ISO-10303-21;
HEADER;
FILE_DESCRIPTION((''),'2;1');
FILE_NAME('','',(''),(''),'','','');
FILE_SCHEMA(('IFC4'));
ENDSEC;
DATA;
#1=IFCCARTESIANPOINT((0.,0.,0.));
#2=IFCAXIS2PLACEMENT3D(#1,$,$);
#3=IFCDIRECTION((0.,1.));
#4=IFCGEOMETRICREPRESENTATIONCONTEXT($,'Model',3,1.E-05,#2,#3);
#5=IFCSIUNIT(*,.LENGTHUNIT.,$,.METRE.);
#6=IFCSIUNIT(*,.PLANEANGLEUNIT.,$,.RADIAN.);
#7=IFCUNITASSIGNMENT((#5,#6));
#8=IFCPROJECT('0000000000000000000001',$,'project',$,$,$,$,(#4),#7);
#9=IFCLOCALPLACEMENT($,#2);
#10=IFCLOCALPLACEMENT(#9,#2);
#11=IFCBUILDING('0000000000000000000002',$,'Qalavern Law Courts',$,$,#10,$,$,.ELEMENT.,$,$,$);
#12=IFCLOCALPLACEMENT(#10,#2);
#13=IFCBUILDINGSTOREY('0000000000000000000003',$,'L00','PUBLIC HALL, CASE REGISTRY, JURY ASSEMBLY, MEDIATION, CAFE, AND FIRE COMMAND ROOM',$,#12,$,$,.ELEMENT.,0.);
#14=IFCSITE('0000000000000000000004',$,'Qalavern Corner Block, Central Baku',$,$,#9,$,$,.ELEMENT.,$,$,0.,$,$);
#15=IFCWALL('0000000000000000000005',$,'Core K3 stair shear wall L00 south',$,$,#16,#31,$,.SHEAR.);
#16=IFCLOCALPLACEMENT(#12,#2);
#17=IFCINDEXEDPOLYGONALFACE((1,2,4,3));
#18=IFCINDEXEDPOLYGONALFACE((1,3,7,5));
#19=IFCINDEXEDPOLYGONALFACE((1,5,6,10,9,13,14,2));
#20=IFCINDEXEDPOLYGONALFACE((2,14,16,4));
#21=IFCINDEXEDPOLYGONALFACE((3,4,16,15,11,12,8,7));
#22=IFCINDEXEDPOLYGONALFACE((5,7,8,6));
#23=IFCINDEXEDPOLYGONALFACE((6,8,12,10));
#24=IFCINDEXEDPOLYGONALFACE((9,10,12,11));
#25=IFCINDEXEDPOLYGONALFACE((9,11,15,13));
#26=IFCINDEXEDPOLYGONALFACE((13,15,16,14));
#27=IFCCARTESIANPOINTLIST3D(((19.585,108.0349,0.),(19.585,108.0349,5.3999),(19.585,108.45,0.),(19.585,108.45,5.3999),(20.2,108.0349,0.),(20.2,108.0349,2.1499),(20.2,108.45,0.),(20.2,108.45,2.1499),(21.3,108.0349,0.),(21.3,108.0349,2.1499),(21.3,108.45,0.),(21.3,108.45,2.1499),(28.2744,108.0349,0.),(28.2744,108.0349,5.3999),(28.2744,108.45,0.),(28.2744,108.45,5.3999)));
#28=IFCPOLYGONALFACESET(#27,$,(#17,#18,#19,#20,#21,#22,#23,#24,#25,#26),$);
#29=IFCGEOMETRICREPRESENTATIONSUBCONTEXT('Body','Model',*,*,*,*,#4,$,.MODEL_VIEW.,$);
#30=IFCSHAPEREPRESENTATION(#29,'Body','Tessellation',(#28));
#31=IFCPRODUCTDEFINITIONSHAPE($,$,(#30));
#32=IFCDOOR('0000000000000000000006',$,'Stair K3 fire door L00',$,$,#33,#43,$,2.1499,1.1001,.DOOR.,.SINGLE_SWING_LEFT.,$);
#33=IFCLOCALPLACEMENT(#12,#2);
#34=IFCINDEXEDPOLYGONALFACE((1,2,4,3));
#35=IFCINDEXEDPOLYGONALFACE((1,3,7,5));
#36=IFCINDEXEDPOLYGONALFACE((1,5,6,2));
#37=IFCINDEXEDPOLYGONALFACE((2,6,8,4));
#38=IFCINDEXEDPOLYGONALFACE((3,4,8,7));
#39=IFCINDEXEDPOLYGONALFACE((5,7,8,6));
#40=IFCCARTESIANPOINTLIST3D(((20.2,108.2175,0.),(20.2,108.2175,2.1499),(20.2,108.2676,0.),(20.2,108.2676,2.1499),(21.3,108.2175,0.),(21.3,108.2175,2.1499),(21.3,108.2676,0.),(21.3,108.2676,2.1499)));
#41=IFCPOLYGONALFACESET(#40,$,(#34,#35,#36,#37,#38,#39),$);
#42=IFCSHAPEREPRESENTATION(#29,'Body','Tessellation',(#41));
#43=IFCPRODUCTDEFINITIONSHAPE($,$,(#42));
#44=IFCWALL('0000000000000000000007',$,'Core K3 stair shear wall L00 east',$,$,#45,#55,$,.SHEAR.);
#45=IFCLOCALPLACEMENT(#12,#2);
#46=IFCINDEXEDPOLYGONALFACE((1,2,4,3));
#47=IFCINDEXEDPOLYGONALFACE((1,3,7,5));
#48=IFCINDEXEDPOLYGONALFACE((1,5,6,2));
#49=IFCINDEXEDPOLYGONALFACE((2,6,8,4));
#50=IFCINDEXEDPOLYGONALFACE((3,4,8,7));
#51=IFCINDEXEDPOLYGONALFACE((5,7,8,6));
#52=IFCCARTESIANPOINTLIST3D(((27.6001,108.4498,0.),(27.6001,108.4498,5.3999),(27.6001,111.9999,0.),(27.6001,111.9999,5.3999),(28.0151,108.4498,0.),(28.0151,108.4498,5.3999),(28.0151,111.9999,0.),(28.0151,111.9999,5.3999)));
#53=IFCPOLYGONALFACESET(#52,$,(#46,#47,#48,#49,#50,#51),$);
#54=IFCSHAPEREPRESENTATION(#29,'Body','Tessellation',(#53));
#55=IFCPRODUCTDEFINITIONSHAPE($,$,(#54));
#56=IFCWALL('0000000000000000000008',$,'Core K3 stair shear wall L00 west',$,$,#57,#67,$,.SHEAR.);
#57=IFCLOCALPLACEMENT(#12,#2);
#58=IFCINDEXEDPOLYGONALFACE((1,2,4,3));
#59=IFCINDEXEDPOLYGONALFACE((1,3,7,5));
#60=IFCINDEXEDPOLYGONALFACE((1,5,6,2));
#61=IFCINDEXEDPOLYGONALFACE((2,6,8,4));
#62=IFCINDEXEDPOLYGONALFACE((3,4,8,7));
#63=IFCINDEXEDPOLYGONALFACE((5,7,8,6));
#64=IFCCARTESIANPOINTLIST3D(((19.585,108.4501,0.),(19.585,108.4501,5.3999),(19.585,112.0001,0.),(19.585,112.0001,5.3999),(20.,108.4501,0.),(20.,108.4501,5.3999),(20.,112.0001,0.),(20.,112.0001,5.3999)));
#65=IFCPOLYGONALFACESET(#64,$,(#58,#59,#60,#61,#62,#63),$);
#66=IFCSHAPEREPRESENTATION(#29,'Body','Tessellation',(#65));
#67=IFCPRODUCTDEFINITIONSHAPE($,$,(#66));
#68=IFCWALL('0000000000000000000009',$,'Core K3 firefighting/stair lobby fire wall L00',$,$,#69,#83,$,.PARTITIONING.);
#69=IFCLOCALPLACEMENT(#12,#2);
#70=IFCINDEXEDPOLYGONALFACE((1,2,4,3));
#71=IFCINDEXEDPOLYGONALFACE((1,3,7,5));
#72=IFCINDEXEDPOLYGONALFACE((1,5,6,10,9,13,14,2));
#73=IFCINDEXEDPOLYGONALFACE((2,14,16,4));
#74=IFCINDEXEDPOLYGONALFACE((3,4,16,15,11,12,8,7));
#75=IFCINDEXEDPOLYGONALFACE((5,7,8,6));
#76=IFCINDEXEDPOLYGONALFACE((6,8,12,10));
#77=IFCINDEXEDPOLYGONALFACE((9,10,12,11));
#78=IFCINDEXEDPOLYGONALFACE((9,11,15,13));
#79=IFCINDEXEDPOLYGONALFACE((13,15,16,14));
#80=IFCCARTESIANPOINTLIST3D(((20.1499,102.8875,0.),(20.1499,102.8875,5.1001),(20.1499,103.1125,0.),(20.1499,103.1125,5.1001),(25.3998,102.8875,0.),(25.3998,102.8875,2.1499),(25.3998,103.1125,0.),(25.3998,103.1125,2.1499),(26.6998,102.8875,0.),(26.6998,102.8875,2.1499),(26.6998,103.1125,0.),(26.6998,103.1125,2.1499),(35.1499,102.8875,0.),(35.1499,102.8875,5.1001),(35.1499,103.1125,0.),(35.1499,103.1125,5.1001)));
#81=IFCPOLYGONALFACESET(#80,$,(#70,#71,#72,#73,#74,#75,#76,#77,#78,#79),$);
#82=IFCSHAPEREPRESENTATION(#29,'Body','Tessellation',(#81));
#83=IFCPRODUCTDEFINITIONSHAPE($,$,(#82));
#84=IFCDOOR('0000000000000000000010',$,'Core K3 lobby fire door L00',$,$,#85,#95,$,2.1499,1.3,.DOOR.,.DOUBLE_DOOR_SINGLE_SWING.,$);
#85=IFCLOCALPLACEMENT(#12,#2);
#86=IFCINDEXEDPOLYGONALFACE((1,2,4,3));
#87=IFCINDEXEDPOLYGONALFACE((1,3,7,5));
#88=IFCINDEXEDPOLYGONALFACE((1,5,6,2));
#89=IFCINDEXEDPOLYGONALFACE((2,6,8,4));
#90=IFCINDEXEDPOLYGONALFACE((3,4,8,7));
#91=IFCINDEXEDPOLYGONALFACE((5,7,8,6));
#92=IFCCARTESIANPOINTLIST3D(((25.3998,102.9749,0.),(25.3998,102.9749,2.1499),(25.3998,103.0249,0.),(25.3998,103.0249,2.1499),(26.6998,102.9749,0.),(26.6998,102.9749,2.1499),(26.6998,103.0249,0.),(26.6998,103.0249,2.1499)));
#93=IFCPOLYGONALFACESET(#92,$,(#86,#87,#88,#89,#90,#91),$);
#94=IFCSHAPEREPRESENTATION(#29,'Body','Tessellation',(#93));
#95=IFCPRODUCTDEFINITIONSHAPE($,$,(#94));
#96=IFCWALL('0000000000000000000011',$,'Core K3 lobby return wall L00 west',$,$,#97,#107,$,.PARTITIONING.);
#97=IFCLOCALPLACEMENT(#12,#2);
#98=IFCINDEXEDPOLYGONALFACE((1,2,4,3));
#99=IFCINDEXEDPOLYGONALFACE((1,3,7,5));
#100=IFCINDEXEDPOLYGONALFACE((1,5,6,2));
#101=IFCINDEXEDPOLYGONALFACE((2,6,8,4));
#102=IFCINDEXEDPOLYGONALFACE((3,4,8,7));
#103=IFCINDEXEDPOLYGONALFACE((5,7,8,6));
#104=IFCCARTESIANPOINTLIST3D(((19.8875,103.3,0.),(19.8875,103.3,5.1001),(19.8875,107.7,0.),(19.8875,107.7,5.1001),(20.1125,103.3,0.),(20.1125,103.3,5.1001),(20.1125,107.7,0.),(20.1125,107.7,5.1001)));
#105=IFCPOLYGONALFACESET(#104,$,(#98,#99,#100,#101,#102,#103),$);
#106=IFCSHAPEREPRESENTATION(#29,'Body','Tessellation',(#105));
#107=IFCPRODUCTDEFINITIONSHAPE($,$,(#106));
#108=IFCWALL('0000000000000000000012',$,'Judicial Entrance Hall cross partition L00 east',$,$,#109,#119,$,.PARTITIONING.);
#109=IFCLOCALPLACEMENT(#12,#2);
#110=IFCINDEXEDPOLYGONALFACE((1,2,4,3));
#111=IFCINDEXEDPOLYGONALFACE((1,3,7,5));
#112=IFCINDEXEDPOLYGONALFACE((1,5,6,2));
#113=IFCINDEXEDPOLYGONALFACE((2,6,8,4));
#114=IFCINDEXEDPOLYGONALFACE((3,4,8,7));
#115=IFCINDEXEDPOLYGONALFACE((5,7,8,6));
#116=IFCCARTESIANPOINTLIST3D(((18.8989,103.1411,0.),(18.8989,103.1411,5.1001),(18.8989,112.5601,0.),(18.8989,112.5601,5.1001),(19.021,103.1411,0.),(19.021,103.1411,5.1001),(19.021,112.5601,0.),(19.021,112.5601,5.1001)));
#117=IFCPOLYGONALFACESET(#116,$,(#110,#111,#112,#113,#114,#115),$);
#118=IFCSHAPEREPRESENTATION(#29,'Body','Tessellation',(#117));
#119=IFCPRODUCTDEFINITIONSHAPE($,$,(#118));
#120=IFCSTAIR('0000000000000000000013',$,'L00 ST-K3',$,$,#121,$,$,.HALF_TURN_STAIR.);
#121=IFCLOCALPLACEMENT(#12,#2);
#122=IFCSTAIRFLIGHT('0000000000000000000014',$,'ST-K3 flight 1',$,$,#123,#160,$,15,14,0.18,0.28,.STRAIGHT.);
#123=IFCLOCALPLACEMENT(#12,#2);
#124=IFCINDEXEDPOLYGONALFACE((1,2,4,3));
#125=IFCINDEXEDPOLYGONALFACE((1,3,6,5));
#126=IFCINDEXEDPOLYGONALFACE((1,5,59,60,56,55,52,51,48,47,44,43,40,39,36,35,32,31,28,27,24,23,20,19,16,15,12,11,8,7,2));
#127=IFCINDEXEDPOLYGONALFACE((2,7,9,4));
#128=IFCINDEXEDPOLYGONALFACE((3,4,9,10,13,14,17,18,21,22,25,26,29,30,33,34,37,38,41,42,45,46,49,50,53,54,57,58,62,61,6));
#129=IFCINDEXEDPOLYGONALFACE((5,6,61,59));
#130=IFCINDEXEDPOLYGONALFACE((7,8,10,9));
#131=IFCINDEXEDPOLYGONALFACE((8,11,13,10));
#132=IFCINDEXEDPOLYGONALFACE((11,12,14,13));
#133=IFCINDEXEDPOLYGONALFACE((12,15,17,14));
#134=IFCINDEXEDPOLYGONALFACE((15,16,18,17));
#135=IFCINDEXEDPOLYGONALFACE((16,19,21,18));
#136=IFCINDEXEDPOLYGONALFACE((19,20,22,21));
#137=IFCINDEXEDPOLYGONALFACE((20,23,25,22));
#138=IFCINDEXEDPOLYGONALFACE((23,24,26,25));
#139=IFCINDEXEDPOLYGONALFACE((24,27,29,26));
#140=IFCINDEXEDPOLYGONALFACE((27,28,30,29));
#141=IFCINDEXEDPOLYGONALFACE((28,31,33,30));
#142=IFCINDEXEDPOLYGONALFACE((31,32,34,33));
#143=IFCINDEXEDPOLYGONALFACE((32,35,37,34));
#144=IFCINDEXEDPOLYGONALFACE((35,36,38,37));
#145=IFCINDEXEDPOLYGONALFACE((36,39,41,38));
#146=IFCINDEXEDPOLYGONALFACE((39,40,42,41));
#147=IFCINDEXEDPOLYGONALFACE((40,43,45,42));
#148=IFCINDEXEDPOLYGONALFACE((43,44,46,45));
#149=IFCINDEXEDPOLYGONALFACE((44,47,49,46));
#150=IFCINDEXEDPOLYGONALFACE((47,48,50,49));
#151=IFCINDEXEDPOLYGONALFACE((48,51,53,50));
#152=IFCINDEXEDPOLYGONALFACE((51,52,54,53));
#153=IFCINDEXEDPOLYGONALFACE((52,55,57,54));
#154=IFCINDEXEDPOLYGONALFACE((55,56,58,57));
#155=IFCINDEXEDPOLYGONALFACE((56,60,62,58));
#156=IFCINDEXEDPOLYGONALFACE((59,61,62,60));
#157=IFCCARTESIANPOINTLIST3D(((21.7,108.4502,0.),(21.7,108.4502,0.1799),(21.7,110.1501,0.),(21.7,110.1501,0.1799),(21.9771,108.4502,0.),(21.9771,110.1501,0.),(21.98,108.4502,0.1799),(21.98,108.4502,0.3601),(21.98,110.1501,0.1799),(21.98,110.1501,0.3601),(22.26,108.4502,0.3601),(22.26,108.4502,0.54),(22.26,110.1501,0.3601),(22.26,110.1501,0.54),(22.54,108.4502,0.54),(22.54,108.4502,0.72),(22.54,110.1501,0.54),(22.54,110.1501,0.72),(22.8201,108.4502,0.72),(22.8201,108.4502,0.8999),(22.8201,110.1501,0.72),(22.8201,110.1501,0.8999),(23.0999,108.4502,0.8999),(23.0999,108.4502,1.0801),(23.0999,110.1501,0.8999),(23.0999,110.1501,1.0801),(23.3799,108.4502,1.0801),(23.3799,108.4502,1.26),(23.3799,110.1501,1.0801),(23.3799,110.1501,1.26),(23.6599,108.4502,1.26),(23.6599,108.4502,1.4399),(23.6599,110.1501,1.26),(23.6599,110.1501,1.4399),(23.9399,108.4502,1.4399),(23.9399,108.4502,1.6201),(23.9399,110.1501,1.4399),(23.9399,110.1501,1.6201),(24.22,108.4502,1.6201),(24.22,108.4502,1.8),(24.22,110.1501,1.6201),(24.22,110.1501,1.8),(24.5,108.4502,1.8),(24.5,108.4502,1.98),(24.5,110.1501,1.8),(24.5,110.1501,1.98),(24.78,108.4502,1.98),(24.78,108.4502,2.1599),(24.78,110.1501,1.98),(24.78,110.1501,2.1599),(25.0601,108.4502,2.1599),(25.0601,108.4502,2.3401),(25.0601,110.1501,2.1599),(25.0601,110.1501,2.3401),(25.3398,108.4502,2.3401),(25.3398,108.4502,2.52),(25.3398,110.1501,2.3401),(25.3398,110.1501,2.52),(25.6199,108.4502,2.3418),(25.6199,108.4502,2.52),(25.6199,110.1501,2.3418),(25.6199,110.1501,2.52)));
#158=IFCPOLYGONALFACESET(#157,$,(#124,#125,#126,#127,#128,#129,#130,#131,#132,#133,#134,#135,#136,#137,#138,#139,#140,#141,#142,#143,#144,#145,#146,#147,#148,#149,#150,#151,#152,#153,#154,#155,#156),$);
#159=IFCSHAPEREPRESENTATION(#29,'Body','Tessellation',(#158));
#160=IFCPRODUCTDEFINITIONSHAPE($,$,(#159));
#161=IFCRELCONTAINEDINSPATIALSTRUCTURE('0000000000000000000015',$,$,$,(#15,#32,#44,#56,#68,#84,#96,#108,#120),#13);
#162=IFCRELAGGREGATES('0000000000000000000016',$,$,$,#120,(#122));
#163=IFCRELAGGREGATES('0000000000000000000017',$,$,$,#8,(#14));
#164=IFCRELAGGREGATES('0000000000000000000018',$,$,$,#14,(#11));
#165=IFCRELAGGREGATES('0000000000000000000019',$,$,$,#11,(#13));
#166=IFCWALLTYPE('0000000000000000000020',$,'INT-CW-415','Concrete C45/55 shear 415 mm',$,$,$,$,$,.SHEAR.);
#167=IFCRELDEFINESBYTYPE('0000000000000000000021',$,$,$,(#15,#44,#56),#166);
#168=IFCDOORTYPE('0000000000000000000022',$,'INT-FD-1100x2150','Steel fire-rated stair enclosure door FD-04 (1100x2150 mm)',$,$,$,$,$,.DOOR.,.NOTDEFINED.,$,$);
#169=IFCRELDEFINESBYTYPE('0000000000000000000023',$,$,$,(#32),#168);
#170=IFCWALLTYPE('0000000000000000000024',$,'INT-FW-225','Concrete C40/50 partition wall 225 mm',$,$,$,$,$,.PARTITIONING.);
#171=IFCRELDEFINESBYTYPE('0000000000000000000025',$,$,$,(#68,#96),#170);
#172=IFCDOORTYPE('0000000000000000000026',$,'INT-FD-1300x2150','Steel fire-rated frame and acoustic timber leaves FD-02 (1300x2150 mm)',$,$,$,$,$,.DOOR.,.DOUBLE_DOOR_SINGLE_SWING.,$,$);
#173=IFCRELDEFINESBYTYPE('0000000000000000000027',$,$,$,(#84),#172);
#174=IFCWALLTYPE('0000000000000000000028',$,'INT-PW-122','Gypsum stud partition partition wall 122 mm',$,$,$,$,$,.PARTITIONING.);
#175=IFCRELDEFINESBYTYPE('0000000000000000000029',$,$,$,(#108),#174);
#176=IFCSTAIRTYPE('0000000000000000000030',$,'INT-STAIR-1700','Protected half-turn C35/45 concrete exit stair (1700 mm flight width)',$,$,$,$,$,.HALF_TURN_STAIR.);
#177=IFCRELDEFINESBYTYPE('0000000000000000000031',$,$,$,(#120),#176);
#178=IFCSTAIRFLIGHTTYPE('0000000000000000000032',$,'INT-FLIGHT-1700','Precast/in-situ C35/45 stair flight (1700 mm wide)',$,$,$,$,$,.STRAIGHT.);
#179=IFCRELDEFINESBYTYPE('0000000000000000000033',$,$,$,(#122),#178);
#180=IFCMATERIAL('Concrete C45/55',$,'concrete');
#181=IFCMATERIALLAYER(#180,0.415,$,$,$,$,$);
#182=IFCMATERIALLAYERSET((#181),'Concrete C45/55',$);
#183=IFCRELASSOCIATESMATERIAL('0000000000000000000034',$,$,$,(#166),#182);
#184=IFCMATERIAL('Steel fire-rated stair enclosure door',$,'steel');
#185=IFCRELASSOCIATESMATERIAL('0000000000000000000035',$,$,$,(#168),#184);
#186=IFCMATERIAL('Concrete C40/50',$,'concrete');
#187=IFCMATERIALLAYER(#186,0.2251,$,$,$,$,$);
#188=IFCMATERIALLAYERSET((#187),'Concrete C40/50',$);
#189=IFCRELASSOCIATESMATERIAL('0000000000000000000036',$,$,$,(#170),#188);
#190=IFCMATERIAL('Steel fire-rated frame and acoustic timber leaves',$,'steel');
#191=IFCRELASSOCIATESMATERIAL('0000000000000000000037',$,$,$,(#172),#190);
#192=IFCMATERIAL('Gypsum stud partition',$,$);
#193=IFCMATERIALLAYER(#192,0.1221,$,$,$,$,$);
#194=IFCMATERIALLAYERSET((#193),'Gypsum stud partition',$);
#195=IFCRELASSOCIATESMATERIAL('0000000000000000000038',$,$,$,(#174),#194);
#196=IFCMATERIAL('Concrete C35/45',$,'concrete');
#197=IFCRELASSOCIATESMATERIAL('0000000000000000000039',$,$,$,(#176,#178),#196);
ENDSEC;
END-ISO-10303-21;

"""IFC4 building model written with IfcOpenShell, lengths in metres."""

from ifc_helpers import new_model, si_unit, direction, frame, frame_2d, origin, place, context, subcontext, project, spatial, polyline, rectangle, outline, extrude, material, layer, layer_set, type_object, element, fill, aggregate, save


model = new_model("IFC4")

# Units and contexts
model_context = context("Model", 3, precision=1e-05, world=origin(), true_north=direction((0.0, 1.0)))
body_context = subcontext(model_context, "Body", "Model", "MODEL_VIEW")
ifc_project = project(units=[si_unit("LENGTHUNIT", "METRE"), si_unit("PLANEANGLEUNIT", "RADIAN")], contexts=[model_context])

# Site, building, storey
site_placement = place(None, origin())
site = spatial("IfcSite", under=ifc_project, at=site_placement, Name="Qalavern Corner Block, Central Baku", CompositionType="ELEMENT", RefElevation=0.0)
building_placement = place(site_placement, origin())
building = spatial("IfcBuilding", under=site, at=building_placement, Name="Qalavern Law Courts", CompositionType="ELEMENT")
storey_placement = place(building_placement, origin())
storey = spatial("IfcBuildingStorey", under=building, at=storey_placement, Name="L00", Description="PUBLIC HALL, CASE REGISTRY, JURY ASSEMBLY, MEDIATION, CAFE, AND FIRE COMMAND ROOM", CompositionType="ELEMENT", Elevation=0.0)

# Wall, opening, door
ifc_material_1 = material(Name="Concrete C45/55", Category="concrete")
ifc_layer_1 = layer(ifc_material_1, 0.415)
ifc_layer_set_1 = layer_set([ifc_layer_1], Name="Concrete C45/55")
wall_type_1 = type_object("IfcWallType", Name="INT-CW-415", Description="Concrete C45/55 shear 415 mm", PredefinedType="SHEAR", material=ifc_layer_set_1)
wall_1_placement = place(storey_placement, frame((19.585, 108.2424, 0.0), z_axis=(0.0, 0.0, 1.0), x_axis=(1.0, 0.0, 0.0)))
wall_1 = element("IfcWall", 1, at=wall_1_placement, inside=storey, type_object=wall_type_1, Name="Core K3 stair shear wall L00 south", PredefinedType="SHEAR", context=body_context, shape_type="SweptSolid", body=[
    extrude(rectangle(XDim=8.6895, YDim=0.415, at=frame_2d((4.3447, 0.0))), origin(), (0.0, 0.0, 1.0), 5.3999),
])
opening_1_placement = place(wall_1_placement, frame((0.615, 0.0, 0.0)))
opening_1 = element("IfcOpeningElement", 2, at=opening_1_placement, cuts=wall_1, PredefinedType="OPENING", context=body_context, shape_type="SweptSolid", body=[
    extrude(rectangle(XDim=1.1001, YDim=2.1499, at=frame_2d((0.55, 1.075))), frame((0.0, 0.2224, 0.0), z_axis=(0.0, -1.0, 0.0), x_axis=(1.0, 0.0, 0.0)), (0.0, 0.0, 1.0), 0.4448),
])
ifc_material_2 = material(Name="Steel fire-rated stair enclosure door", Category="steel")
door_type_1 = type_object("IfcDoorType", Name="INT-FD-1100x2150", Description="Steel fire-rated stair enclosure door FD-04 (1100x2150 mm)", OperationType="NOTDEFINED", PredefinedType="DOOR", material=ifc_material_2)
door_1_placement = place(opening_1_placement, frame((1.1001, 0.0, 0.0), z_axis=(0.0, 0.0, 1.0), x_axis=(-1.0, 0.0, 0.0)))
door_1 = element("IfcDoor", 3, at=door_1_placement, inside=storey, type_object=door_type_1, Name="Stair K3 fire door L00", OperationType="SINGLE_SWING_LEFT", OverallHeight=2.1499, OverallWidth=1.1001, PredefinedType="DOOR", context=body_context, shape_type="SweptSolid", body=[
    extrude(rectangle(XDim=1.1001, YDim=2.1499, at=frame_2d((0.55, 1.075))), frame((0.0, 0.0249, 0.0), z_axis=(0.0, -1.0, 0.0), x_axis=(1.0, 0.0, 0.0)), (0.0, 0.0, 1.0), 0.05),
])
fill(opening_1, door_1)

# Walls
for number, where, z_axis, x_axis, name in (
    (4, (27.8076, 108.45, 0.0), (0.0, 0.0, 1.0), (0.0, 1.0, 0.0), "Core K3 stair shear wall L00 east"),
    (5, (19.7925, 112.0, 0.0), (0.0, 0.0, 1.0), (0.0, -1.0, 0.0), "Core K3 stair shear wall L00 west"),
):
    element("IfcWall", number, at=place(storey_placement, frame(where, z_axis=z_axis, x_axis=x_axis)), inside=storey, type_object=wall_type_1, Name=name, PredefinedType="SHEAR", context=body_context, shape_type="SweptSolid", body=[
        extrude(rectangle(XDim=3.55, YDim=0.415, at=frame_2d((1.7749, 0.0))), origin(), (0.0, 0.0, 1.0), 5.3999),
    ])

# Wall, opening, door
ifc_material_3 = material(Name="Concrete C40/50", Category="concrete")
ifc_layer_2 = layer(ifc_material_3, 0.2251)
ifc_layer_set_2 = layer_set([ifc_layer_2], Name="Concrete C40/50")
wall_type_2 = type_object("IfcWallType", Name="INT-FW-225", Description="Concrete C40/50 partition wall 225 mm", PredefinedType="PARTITIONING", material=ifc_layer_set_2)
wall_2_placement = place(storey_placement, frame((20.1499, 103.0, 0.0), z_axis=(0.0, 0.0, 1.0), x_axis=(1.0, 0.0, 0.0)))
wall_2 = element("IfcWall", 6, at=wall_2_placement, inside=storey, type_object=wall_type_2, Name="Core K3 firefighting/stair lobby fire wall L00", PredefinedType="PARTITIONING", context=body_context, shape_type="SweptSolid", body=[
    extrude(rectangle(XDim=15.0, YDim=0.2251, at=frame_2d((7.5, 0.0))), origin(), (0.0, 0.0, 1.0), 5.1001),
])
opening_2_placement = place(wall_2_placement, frame((5.25, 0.0, 0.0)))
opening_2 = element("IfcOpeningElement", 7, at=opening_2_placement, cuts=wall_2, PredefinedType="OPENING", context=body_context, shape_type="SweptSolid", body=[
    extrude(rectangle(XDim=1.3, YDim=2.1499, at=frame_2d((0.6499, 1.075))), frame((0.0, 0.1274, 0.0), z_axis=(0.0, -1.0, 0.0), x_axis=(1.0, 0.0, 0.0)), (0.0, 0.0, 1.0), 0.2549),
])
ifc_material_4 = material(Name="Steel fire-rated frame and acoustic timber leaves", Category="steel")
door_type_2 = type_object("IfcDoorType", Name="INT-FD-1300x2150", Description="Steel fire-rated frame and acoustic timber leaves FD-02 (1300x2150 mm)", OperationType="DOUBLE_DOOR_SINGLE_SWING", PredefinedType="DOOR", material=ifc_material_4)
door_2_placement = place(opening_2_placement, origin())
door_2 = element("IfcDoor", 8, at=door_2_placement, inside=storey, type_object=door_type_2, Name="Core K3 lobby fire door L00", OperationType="DOUBLE_DOOR_SINGLE_SWING", OverallHeight=2.1499, OverallWidth=1.3, PredefinedType="DOOR", context=body_context, shape_type="SweptSolid", body=[
    extrude(rectangle(XDim=1.3, YDim=2.1499, at=frame_2d((0.6499, 1.075))), frame((0.0, 0.0249, 0.0), z_axis=(0.0, -1.0, 0.0), x_axis=(1.0, 0.0, 0.0)), (0.0, 0.0, 1.0), 0.05),
])
fill(opening_2, door_2)

# Walls
wall_3_placement = place(storey_placement, frame((20.0, 103.3, 0.0), z_axis=(0.0, 0.0, 1.0), x_axis=(0.0, 1.0, 0.0)))
element("IfcWall", 9, at=wall_3_placement, inside=storey, type_object=wall_type_2, Name="Core K3 lobby return wall L00 west", PredefinedType="PARTITIONING", context=body_context, shape_type="SweptSolid", body=[
    extrude(rectangle(XDim=4.3999, YDim=0.2251, at=frame_2d((2.2, 0.0))), origin(), (0.0, 0.0, 1.0), 5.1001),
])
ifc_material_5 = material(Name="Gypsum stud partition")
ifc_layer_3 = layer(ifc_material_5, 0.1221)
ifc_layer_set_3 = layer_set([ifc_layer_3], Name="Gypsum stud partition")
wall_type_3 = type_object("IfcWallType", Name="INT-PW-122", Description="Gypsum stud partition partition wall 122 mm", PredefinedType="PARTITIONING", material=ifc_layer_set_3)
wall_4_placement = place(storey_placement, frame((18.96, 103.1411, 0.0), z_axis=(0.0, 0.0, 1.0), x_axis=(0.0, 1.0, 0.0)))
element("IfcWall", 10, at=wall_4_placement, inside=storey, type_object=wall_type_3, Name="Judicial Entrance Hall cross partition L00 east", PredefinedType="PARTITIONING", context=body_context, shape_type="SweptSolid", body=[
    extrude(rectangle(XDim=9.4189, YDim=0.1221, at=frame_2d((4.7095, 0.0))), origin(), (0.0, 0.0, 1.0), 5.1001),
])

# Stair, stair flight
ifc_material_6 = material(Name="Concrete C35/45", Category="concrete")
stair_type = type_object("IfcStairType", Name="INT-STAIR-1700", Description="Protected half-turn C35/45 concrete exit stair (1700 mm flight width)", PredefinedType="HALF_TURN_STAIR", material=ifc_material_6)
stair_placement = place(storey_placement, origin())
stair = element("IfcStair", 11, at=stair_placement, inside=storey, type_object=stair_type, Name="L00 ST-K3", PredefinedType="HALF_TURN_STAIR")
stair_flight_type = type_object("IfcStairFlightType", Name="INT-FLIGHT-1700", Description="Precast/in-situ C35/45 stair flight (1700 mm wide)", PredefinedType="STRAIGHT", material=ifc_material_6)
stair_flight_1_placement = place(storey_placement, frame((21.7, 109.3, 0.0), z_axis=(0.0, 0.0, 1.0), x_axis=(1.0, 0.0, 0.0)))
stair_flight_1 = element("IfcStairFlight", 12, at=stair_flight_1_placement, type_object=stair_flight_type, Name="ST-K3 flight 1", NumberOfRisers=15, NumberOfTreads=14, PredefinedType="STRAIGHT", RiserHeight=0.18, TreadLength=0.28, context=body_context, shape_type="SweptSolid", body=[
    extrude(outline(polyline([(0.0, 0.0), (0.0, 0.1799), (0.28, 0.1799), (0.28, 0.3601), (0.5601, 0.3601), (0.5601, 0.54), (0.8401, 0.54), (0.8401, 0.72), (1.1201, 0.72), (1.1201, 0.8999), (1.3999, 0.8999), (1.3999, 1.0801), (1.6799, 1.0801), (1.6799, 1.26), (1.96, 1.26), (1.96, 1.4399), (2.24, 1.4399), (2.24, 1.6201), (2.52, 1.6201), (2.52, 1.8), (2.8, 1.8), (2.8, 1.98), (3.0801, 1.98), (3.0801, 2.1599), (3.3601, 2.1599), (3.3601, 2.3401), (3.6399, 2.3401), (3.6399, 2.52), (3.9199, 2.52), (3.9199, 2.7), (3.9199, 2.3418), (0.2771, 0.0), (0.0, 0.0)])), frame((0.0, 0.8501, 0.0), z_axis=(0.0, -1.0, 0.0), x_axis=(1.0, 0.0, 0.0)), (0.0, 0.0, 1.0), 1.7),
])
aggregate(stair, [stair_flight_1])

save(model, "model.ifc")
